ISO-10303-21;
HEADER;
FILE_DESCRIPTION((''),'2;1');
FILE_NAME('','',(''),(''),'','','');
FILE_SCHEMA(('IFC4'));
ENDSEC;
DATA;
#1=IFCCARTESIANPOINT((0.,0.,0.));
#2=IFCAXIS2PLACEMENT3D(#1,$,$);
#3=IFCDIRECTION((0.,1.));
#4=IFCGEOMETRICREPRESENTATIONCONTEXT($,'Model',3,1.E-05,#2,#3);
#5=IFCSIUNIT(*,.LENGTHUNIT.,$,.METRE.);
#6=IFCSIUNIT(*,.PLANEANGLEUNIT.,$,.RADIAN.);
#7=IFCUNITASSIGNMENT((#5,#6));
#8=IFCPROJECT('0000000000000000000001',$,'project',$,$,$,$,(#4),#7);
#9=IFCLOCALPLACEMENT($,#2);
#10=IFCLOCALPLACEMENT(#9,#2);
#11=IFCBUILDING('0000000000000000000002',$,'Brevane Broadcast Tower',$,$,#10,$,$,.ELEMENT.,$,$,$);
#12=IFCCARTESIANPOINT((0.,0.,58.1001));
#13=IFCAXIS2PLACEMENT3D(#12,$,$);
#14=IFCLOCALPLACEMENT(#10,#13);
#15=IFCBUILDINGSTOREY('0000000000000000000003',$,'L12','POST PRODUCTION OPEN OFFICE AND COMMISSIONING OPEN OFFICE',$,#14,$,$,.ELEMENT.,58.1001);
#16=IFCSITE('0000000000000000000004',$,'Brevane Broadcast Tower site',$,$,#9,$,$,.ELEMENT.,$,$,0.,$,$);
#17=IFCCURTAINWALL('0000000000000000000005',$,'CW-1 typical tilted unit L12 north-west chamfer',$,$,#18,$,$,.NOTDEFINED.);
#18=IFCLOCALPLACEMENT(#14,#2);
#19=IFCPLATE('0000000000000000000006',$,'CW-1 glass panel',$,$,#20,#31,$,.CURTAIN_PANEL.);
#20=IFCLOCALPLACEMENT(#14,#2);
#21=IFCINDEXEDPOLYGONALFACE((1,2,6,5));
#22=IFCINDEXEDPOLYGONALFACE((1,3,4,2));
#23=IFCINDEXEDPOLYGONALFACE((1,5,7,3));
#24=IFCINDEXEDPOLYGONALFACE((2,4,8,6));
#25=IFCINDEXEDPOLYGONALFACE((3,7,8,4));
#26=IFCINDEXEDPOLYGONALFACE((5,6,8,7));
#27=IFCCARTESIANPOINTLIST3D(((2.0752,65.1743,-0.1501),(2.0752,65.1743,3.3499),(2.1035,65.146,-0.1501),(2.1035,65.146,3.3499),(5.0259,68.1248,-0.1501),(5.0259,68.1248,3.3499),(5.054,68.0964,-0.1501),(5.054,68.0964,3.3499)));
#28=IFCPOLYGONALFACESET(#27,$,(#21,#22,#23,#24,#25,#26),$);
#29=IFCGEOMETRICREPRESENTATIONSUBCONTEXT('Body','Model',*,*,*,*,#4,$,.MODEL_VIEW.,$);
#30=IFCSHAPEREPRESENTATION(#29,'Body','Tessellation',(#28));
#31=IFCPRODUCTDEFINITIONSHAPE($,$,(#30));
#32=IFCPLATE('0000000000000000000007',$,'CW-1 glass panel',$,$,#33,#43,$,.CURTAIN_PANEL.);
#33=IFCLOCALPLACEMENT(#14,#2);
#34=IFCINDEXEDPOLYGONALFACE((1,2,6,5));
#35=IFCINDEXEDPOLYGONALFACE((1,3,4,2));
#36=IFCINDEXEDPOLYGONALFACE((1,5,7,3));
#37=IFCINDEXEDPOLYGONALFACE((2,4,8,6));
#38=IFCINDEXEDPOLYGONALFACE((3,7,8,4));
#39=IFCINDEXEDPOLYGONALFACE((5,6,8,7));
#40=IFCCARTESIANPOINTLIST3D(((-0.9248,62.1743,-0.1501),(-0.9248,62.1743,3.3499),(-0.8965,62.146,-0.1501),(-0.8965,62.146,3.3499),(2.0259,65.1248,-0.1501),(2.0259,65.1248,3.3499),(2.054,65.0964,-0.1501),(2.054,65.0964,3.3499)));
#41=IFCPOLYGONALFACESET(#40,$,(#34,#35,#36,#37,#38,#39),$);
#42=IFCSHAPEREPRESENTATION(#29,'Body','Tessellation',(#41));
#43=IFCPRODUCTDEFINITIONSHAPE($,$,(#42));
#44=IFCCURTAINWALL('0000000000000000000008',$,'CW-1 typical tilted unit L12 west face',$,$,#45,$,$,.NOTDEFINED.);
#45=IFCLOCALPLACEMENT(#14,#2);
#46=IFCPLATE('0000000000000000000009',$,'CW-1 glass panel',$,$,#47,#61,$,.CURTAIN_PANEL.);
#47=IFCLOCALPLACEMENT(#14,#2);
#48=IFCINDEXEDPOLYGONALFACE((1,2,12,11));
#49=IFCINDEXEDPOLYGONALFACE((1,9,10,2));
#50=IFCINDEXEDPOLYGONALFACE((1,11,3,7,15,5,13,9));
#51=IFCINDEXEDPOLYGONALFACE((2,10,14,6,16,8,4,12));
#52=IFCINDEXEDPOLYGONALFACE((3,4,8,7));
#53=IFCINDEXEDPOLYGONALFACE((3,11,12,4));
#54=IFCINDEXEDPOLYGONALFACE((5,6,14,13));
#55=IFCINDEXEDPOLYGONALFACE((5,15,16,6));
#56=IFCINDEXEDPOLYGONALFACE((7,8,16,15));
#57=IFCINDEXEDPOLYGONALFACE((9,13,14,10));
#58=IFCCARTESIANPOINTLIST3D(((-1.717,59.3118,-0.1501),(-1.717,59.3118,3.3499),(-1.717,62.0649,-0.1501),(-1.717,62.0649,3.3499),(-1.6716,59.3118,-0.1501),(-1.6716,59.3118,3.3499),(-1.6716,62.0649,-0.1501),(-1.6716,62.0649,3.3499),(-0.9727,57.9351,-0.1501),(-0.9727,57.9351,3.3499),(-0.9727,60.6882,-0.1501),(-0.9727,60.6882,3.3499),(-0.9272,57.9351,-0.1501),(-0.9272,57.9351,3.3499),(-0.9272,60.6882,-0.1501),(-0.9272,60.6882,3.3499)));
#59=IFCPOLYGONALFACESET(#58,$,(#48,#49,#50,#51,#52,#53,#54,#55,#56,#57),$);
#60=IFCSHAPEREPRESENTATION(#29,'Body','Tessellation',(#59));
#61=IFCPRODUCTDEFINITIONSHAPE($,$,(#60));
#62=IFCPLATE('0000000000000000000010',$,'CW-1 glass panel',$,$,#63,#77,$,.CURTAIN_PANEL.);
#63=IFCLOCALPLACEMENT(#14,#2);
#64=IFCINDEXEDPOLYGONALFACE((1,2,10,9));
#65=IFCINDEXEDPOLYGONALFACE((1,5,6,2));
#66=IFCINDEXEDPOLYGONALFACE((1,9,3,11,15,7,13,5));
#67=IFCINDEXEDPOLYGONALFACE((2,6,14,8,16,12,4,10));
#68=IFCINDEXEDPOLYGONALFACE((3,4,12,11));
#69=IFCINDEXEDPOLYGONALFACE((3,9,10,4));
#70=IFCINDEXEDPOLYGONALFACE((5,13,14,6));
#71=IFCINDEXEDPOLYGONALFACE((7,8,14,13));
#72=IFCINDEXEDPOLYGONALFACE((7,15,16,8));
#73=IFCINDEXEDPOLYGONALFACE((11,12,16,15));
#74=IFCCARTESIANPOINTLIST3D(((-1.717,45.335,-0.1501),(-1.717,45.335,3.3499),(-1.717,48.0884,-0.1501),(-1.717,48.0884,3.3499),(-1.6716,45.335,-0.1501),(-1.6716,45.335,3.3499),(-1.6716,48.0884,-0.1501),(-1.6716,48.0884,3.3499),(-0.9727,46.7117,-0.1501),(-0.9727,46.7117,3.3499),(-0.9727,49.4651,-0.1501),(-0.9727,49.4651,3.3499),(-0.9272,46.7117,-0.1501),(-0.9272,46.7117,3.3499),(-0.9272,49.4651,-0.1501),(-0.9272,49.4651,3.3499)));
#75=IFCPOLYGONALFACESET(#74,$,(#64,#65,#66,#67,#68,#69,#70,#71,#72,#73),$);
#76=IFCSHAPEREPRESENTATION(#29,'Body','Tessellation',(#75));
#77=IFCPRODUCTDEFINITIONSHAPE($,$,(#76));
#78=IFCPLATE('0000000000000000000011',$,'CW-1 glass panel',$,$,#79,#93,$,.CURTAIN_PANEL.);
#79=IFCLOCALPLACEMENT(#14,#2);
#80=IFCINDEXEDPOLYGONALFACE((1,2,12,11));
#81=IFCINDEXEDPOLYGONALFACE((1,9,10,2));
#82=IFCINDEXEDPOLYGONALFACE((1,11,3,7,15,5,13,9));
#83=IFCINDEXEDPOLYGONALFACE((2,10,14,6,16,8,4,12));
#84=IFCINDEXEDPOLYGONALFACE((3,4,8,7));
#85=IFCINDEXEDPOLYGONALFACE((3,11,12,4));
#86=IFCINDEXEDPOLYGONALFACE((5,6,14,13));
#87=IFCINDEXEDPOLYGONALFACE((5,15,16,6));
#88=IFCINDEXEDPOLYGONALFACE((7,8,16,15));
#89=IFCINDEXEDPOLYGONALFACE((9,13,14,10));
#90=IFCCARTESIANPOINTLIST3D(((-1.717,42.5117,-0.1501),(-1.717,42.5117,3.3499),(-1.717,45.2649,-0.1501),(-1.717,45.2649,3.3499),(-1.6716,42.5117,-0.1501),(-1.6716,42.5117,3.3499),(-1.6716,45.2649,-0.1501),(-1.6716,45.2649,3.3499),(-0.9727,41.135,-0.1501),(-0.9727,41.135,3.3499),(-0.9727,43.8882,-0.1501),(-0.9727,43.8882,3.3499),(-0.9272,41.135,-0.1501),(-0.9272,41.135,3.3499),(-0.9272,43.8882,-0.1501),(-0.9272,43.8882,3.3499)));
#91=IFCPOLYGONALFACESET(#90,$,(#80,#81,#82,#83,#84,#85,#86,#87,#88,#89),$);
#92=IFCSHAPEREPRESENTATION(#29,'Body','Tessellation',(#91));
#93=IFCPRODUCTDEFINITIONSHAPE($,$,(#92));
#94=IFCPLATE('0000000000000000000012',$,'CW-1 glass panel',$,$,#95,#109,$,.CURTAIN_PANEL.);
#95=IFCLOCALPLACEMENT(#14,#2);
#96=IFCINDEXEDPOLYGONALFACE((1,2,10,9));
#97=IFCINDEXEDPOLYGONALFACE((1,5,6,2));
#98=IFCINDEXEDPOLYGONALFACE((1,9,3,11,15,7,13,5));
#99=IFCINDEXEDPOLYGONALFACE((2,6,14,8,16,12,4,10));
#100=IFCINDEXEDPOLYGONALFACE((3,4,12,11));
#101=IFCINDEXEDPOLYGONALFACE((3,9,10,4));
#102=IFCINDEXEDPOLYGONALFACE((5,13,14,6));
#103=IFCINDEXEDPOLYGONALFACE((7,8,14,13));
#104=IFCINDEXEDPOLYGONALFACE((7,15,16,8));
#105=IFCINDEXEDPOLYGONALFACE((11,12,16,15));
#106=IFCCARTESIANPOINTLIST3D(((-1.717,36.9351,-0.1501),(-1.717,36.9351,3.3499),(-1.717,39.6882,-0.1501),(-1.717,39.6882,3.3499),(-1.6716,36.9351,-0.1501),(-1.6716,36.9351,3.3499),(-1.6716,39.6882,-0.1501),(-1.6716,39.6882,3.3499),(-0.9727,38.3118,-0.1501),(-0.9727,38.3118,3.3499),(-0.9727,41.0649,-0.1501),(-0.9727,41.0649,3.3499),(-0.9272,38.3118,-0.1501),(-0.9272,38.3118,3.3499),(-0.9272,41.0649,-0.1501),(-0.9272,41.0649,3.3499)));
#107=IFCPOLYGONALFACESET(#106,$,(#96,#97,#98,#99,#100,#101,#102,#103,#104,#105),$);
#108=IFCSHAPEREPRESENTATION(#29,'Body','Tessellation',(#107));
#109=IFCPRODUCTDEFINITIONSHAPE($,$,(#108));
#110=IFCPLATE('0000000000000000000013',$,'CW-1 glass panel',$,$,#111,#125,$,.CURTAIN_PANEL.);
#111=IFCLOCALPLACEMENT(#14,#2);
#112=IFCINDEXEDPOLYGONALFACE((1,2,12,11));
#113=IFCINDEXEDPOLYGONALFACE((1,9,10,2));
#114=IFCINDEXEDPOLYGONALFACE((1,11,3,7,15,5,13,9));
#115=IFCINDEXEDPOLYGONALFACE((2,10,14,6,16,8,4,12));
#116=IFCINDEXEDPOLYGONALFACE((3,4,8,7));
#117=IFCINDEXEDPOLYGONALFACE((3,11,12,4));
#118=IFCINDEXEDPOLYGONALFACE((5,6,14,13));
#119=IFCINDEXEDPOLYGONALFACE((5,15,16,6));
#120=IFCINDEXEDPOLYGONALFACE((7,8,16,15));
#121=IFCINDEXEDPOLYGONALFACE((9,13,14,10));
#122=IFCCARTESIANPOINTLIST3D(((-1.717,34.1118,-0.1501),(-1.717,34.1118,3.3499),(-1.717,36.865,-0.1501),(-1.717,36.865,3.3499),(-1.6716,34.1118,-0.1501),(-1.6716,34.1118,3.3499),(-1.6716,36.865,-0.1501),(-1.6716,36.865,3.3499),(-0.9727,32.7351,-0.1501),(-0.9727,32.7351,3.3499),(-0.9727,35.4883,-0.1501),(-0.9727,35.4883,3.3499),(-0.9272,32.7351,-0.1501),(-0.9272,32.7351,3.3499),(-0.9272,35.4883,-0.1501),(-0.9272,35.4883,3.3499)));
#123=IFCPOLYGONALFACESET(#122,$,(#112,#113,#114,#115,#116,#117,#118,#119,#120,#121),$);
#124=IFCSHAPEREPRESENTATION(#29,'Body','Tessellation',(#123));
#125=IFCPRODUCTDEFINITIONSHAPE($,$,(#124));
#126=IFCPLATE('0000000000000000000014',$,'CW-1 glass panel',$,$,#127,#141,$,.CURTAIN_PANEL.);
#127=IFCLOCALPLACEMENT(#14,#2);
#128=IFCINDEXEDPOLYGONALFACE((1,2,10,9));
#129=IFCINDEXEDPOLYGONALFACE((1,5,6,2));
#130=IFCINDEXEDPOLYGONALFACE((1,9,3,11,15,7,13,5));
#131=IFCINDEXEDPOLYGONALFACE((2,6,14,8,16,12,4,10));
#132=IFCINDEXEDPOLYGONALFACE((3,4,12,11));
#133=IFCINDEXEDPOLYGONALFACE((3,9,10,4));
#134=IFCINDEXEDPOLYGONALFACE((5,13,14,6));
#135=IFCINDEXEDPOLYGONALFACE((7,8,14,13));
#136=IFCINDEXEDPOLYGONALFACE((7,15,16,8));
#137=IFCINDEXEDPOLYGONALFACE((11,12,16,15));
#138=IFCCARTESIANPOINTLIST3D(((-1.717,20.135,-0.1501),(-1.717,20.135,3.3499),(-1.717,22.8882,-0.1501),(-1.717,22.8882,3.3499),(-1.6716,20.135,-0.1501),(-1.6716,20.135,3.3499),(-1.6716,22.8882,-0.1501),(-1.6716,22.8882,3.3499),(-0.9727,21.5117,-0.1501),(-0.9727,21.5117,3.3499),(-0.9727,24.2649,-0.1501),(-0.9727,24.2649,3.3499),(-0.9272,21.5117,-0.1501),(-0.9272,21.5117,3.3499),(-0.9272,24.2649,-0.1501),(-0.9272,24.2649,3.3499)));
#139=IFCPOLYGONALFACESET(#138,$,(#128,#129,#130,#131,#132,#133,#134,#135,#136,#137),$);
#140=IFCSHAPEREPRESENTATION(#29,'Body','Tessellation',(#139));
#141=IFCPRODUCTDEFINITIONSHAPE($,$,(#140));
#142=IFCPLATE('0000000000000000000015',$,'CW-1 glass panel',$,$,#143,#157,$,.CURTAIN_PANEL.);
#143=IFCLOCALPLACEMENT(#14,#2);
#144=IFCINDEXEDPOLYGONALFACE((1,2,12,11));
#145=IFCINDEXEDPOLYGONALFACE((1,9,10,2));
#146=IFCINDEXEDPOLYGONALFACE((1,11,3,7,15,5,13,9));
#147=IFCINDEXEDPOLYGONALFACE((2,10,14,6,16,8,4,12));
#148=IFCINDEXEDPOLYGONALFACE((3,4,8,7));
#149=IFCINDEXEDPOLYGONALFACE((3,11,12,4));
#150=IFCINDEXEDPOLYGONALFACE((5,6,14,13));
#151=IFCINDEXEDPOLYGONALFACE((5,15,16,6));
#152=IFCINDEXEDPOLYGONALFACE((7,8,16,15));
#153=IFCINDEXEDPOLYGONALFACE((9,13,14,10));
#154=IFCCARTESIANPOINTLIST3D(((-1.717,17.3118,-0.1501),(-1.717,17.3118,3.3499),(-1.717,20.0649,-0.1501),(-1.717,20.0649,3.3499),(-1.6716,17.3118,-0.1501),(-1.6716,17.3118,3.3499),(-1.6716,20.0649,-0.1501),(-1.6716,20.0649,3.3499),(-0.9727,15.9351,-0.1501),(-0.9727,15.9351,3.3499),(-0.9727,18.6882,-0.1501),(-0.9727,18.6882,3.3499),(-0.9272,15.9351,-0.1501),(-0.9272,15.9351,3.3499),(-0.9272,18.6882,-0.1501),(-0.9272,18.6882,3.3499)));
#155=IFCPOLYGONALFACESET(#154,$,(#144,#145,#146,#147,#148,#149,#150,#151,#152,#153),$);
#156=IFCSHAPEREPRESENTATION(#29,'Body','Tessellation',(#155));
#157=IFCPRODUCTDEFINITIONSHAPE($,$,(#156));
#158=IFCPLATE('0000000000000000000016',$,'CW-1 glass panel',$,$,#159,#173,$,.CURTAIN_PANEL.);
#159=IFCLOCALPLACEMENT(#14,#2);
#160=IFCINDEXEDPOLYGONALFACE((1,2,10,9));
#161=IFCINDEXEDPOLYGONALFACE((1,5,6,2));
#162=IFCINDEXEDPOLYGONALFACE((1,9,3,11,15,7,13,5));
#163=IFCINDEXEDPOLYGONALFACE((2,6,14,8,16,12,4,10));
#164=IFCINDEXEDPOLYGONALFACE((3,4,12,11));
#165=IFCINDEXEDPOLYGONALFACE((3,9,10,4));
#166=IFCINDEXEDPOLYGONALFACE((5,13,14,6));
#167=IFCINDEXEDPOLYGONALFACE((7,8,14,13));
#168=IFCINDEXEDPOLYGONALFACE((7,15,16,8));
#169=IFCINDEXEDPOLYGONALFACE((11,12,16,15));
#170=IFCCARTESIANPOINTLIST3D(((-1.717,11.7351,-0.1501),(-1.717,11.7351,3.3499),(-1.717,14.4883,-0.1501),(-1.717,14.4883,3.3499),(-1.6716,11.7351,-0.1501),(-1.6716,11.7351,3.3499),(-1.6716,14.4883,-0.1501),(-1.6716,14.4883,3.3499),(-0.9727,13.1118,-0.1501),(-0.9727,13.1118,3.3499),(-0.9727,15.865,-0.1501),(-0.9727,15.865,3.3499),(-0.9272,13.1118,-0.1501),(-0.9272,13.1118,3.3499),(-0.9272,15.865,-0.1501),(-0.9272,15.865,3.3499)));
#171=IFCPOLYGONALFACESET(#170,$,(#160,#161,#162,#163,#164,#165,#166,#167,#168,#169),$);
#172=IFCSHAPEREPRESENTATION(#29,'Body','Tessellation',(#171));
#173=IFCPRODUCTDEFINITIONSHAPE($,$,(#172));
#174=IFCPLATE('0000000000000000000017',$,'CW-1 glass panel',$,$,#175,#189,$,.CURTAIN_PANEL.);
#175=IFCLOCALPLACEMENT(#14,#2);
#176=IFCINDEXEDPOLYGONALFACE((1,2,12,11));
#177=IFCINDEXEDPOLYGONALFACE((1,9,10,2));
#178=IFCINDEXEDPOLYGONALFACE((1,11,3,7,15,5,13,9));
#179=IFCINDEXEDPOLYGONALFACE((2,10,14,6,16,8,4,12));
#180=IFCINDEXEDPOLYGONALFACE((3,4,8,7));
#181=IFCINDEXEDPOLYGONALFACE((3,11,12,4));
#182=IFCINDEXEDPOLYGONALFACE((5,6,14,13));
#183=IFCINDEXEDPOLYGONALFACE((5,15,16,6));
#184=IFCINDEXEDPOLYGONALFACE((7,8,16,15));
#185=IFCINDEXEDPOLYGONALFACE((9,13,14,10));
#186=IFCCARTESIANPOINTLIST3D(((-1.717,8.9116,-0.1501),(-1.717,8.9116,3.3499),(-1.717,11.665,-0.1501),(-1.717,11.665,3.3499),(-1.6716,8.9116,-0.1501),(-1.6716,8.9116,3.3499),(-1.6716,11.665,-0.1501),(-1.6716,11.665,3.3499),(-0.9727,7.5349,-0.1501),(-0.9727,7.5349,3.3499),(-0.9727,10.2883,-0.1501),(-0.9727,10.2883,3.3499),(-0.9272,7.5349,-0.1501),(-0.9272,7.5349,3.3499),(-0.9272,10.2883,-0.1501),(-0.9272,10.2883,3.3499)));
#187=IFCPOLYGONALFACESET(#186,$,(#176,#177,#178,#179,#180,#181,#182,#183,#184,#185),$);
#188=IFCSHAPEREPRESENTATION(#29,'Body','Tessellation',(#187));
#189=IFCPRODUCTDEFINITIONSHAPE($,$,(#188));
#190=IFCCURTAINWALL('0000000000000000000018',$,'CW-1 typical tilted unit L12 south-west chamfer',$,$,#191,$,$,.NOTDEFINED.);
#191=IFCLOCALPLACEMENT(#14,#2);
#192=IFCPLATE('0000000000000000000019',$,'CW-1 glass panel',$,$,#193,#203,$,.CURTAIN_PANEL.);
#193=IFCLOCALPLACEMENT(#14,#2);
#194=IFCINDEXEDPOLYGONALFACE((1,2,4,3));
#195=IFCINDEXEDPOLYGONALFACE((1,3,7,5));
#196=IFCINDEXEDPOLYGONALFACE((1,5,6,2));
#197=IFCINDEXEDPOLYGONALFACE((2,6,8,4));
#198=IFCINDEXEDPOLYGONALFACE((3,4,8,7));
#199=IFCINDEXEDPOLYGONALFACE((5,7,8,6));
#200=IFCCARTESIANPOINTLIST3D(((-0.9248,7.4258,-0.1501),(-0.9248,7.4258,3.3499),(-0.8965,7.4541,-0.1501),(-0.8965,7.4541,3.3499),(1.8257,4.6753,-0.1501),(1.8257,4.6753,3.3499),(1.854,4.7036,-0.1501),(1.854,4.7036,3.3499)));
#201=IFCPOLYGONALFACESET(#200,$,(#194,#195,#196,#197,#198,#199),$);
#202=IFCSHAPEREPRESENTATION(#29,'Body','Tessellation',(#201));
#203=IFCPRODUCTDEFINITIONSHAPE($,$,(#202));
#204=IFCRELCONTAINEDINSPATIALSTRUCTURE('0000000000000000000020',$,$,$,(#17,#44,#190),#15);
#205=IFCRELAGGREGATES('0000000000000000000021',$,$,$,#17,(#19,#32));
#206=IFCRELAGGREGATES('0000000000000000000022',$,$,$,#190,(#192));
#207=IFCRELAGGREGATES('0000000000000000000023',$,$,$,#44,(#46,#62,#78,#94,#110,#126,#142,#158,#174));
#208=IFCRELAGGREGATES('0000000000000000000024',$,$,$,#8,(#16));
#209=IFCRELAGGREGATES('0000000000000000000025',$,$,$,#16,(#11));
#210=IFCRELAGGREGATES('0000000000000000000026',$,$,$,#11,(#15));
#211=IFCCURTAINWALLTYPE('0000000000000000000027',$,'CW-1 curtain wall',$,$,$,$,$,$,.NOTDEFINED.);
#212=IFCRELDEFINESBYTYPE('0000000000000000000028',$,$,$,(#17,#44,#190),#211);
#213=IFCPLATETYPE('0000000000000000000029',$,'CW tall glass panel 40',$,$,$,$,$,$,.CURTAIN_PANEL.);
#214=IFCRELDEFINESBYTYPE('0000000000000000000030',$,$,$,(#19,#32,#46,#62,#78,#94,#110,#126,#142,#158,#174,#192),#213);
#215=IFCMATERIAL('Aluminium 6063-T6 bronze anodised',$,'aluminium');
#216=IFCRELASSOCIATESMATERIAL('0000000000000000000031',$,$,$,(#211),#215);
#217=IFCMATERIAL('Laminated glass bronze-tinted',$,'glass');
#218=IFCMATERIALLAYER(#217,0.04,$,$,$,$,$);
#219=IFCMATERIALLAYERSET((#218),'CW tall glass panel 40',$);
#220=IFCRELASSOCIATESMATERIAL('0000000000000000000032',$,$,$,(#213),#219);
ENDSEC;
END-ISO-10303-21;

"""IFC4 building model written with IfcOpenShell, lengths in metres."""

from ifc_helpers import new_model, si_unit, direction, frame, origin, place, context, subcontext, project, spatial, polyline, outline, extrude, material, layer, layer_set, type_object, element, aggregate, save


model = new_model("IFC4")

# Units and contexts
model_context = context("Model", 3, precision=1e-05, world=origin(), true_north=direction((0.0, 1.0)))
body_context = subcontext(model_context, "Body", "Model", "MODEL_VIEW")
ifc_project = project(units=[si_unit("LENGTHUNIT", "METRE"), si_unit("PLANEANGLEUNIT", "RADIAN")], contexts=[model_context])

# Site, building, storey
site_placement = place(None, origin())
site = spatial("IfcSite", under=ifc_project, at=site_placement, Name="Brevane Broadcast Tower site", CompositionType="ELEMENT", RefElevation=0.0)
building_placement = place(site_placement, origin())
building = spatial("IfcBuilding", under=site, at=building_placement, Name="Brevane Broadcast Tower", CompositionType="ELEMENT")
storey_placement = place(building_placement, frame((0.0, 0.0, 58.1001)))
storey = spatial("IfcBuildingStorey", under=building, at=storey_placement, Name="L12", Description="POST PRODUCTION OPEN OFFICE AND COMMISSIONING OPEN OFFICE", CompositionType="ELEMENT", Elevation=58.1001)

# Curtain walls, plates
ifc_material_1 = material(Name="Aluminium 6063-T6 bronze anodised", Category="aluminium")
curtain_wall_type = type_object("IfcCurtainWallType", Name="CW-1 curtain wall", PredefinedType="NOTDEFINED", material=ifc_material_1)
curtain_wall_1_placement = place(storey_placement, origin())
curtain_wall_1 = element("IfcCurtainWall", 1, at=curtain_wall_1_placement, inside=storey, type_object=curtain_wall_type, Name="CW-1 typical tilted unit L12 north-west chamfer", PredefinedType="NOTDEFINED")
ifc_material_2 = material(Name="Laminated glass bronze-tinted", Category="glass")
ifc_layer_1 = layer(ifc_material_2, 0.04)
ifc_layer_set_1 = layer_set([ifc_layer_1], Name="CW tall glass panel 40")
plate_type = type_object("IfcPlateType", Name="CW tall glass panel 40", PredefinedType="CURTAIN_PANEL", material=ifc_layer_set_1)
plate_1_placement = place(storey_placement, frame((0.0, 0.0, -0.1501)))
plate_1 = element("IfcPlate", 2, at=plate_1_placement, type_object=plate_type, Name="CW-1 glass panel", PredefinedType="CURTAIN_PANEL", context=body_context, shape_type="SweptSolid", body=[
    extrude(outline(polyline([(5.054, 68.0964), (2.1035, 65.146), (2.0752, 65.1743), (5.0259, 68.1248), (5.054, 68.0964)])), origin(), (0.0, 0.0, 1.0), 3.5),
])
plate_2_placement = place(storey_placement, frame((0.0, 0.0, -0.1501)))
plate_2 = element("IfcPlate", 3, at=plate_2_placement, type_object=plate_type, Name="CW-1 glass panel", PredefinedType="CURTAIN_PANEL", context=body_context, shape_type="SweptSolid", body=[
    extrude(outline(polyline([(2.054, 65.0964), (-0.8965, 62.146), (-0.9248, 62.1743), (2.0259, 65.1248), (2.054, 65.0964)])), origin(), (0.0, 0.0, 1.0), 3.5),
])
aggregate(curtain_wall_1, [plate_1, plate_2])
curtain_wall_2_placement = place(storey_placement, origin())
curtain_wall_2 = element("IfcCurtainWall", 4, at=curtain_wall_2_placement, inside=storey, type_object=curtain_wall_type, Name="CW-1 typical tilted unit L12 west face", PredefinedType="NOTDEFINED")
plate_3_placement = place(storey_placement, frame((0.0, 0.0, -0.1501)))
plate_3 = element("IfcPlate", 5, at=plate_3_placement, type_object=plate_type, Name="CW-1 glass panel", PredefinedType="CURTAIN_PANEL", context=body_context, shape_type="SweptSolid", body=[
    extrude(outline(polyline([(-1.6716, 62.0649), (-1.717, 62.0649), (-0.9727, 60.6882), (-1.717, 59.3118), (-0.9727, 57.9351), (-0.9272, 57.9351), (-1.6716, 59.3118), (-0.9272, 60.6882), (-1.6716, 62.0649)])), origin(), (0.0, 0.0, 1.0), 3.5),
])
plate_4_placement = place(storey_placement, frame((0.0, 0.0, -0.1501)))
plate_4 = element("IfcPlate", 6, at=plate_4_placement, type_object=plate_type, Name="CW-1 glass panel", PredefinedType="CURTAIN_PANEL", context=body_context, shape_type="SweptSolid", body=[
    extrude(outline(polyline([(-0.9272, 49.4651), (-0.9727, 49.4651), (-1.717, 48.0884), (-0.9727, 46.7117), (-1.717, 45.335), (-1.6716, 45.335), (-0.9272, 46.7117), (-1.6716, 48.0884), (-0.9272, 49.4651)])), origin(), (0.0, 0.0, 1.0), 3.5),
])
plate_5_placement = place(storey_placement, frame((0.0, 0.0, -0.1501)))
plate_5 = element("IfcPlate", 7, at=plate_5_placement, type_object=plate_type, Name="CW-1 glass panel", PredefinedType="CURTAIN_PANEL", context=body_context, shape_type="SweptSolid", body=[
    extrude(outline(polyline([(-1.6716, 45.2649), (-1.717, 45.2649), (-0.9727, 43.8882), (-1.717, 42.5117), (-0.9727, 41.135), (-0.9272, 41.135), (-1.6716, 42.5117), (-0.9272, 43.8882), (-1.6716, 45.2649)])), origin(), (0.0, 0.0, 1.0), 3.5),
])
plate_6_placement = place(storey_placement, frame((0.0, 0.0, -0.1501)))
plate_6 = element("IfcPlate", 8, at=plate_6_placement, type_object=plate_type, Name="CW-1 glass panel", PredefinedType="CURTAIN_PANEL", context=body_context, shape_type="SweptSolid", body=[
    extrude(outline(polyline([(-0.9272, 41.0649), (-0.9727, 41.0649), (-1.717, 39.6882), (-0.9727, 38.3118), (-1.717, 36.9351), (-1.6716, 36.9351), (-0.9272, 38.3118), (-1.6716, 39.6882), (-0.9272, 41.0649)])), origin(), (0.0, 0.0, 1.0), 3.5),
])
plate_7_placement = place(storey_placement, frame((0.0, 0.0, -0.1501)))
plate_7 = element("IfcPlate", 9, at=plate_7_placement, type_object=plate_type, Name="CW-1 glass panel", PredefinedType="CURTAIN_PANEL", context=body_context, shape_type="SweptSolid", body=[
    extrude(outline(polyline([(-1.6716, 36.865), (-1.717, 36.865), (-0.9727, 35.4883), (-1.717, 34.1118), (-0.9727, 32.7351), (-0.9272, 32.7351), (-1.6716, 34.1118), (-0.9272, 35.4883), (-1.6716, 36.865)])), origin(), (0.0, 0.0, 1.0), 3.5),
])
plate_8_placement = place(storey_placement, frame((0.0, 0.0, -0.1501)))
plate_8 = element("IfcPlate", 10, at=plate_8_placement, type_object=plate_type, Name="CW-1 glass panel", PredefinedType="CURTAIN_PANEL", context=body_context, shape_type="SweptSolid", body=[
    extrude(outline(polyline([(-0.9272, 24.2649), (-0.9727, 24.2649), (-1.717, 22.8882), (-0.9727, 21.5117), (-1.717, 20.135), (-1.6716, 20.135), (-0.9272, 21.5117), (-1.6716, 22.8882), (-0.9272, 24.2649)])), origin(), (0.0, 0.0, 1.0), 3.5),
])
plate_9_placement = place(storey_placement, frame((0.0, 0.0, -0.1501)))
plate_9 = element("IfcPlate", 11, at=plate_9_placement, type_object=plate_type, Name="CW-1 glass panel", PredefinedType="CURTAIN_PANEL", context=body_context, shape_type="SweptSolid", body=[
    extrude(outline(polyline([(-1.6716, 20.0649), (-1.717, 20.0649), (-0.9727, 18.6882), (-1.717, 17.3118), (-0.9727, 15.9351), (-0.9272, 15.9351), (-1.6716, 17.3118), (-0.9272, 18.6882), (-1.6716, 20.0649)])), origin(), (0.0, 0.0, 1.0), 3.5),
])
plate_10_placement = place(storey_placement, frame((0.0, 0.0, -0.1501)))
plate_10 = element("IfcPlate", 12, at=plate_10_placement, type_object=plate_type, Name="CW-1 glass panel", PredefinedType="CURTAIN_PANEL", context=body_context, shape_type="SweptSolid", body=[
    extrude(outline(polyline([(-0.9272, 15.865), (-0.9727, 15.865), (-1.717, 14.4883), (-0.9727, 13.1118), (-1.717, 11.7351), (-1.6716, 11.7351), (-0.9272, 13.1118), (-1.6716, 14.4883), (-0.9272, 15.865)])), origin(), (0.0, 0.0, 1.0), 3.5),
])
plate_11_placement = place(storey_placement, frame((0.0, 0.0, -0.1501)))
plate_11 = element("IfcPlate", 13, at=plate_11_placement, type_object=plate_type, Name="CW-1 glass panel", PredefinedType="CURTAIN_PANEL", context=body_context, shape_type="SweptSolid", body=[
    extrude(outline(polyline([(-1.6716, 11.665), (-1.717, 11.665), (-0.9727, 10.2883), (-1.717, 8.9116), (-0.9727, 7.5349), (-0.9272, 7.5349), (-1.6716, 8.9116), (-0.9272, 10.2883), (-1.6716, 11.665)])), origin(), (0.0, 0.0, 1.0), 3.5),
])
curtain_wall_3_placement = place(storey_placement, origin())
curtain_wall_3 = element("IfcCurtainWall", 14, at=curtain_wall_3_placement, inside=storey, type_object=curtain_wall_type, Name="CW-1 typical tilted unit L12 south-west chamfer", PredefinedType="NOTDEFINED")
plate_12_placement = place(storey_placement, frame((0.0, 0.0, -0.1501)))
plate_12 = element("IfcPlate", 15, at=plate_12_placement, type_object=plate_type, Name="CW-1 glass panel", PredefinedType="CURTAIN_PANEL", context=body_context, shape_type="SweptSolid", body=[
    extrude(outline(polyline([(-0.8965, 7.4541), (1.854, 4.7036), (1.8257, 4.6753), (-0.9248, 7.4258), (-0.8965, 7.4541)])), origin(), (0.0, 0.0, 1.0), 3.5),
])
aggregate(curtain_wall_3, [plate_12])

aggregate(curtain_wall_2, [plate_3, plate_4, plate_5, plate_6, plate_7, plate_8, plate_9, plate_10, plate_11])

save(model, "model.ifc")
